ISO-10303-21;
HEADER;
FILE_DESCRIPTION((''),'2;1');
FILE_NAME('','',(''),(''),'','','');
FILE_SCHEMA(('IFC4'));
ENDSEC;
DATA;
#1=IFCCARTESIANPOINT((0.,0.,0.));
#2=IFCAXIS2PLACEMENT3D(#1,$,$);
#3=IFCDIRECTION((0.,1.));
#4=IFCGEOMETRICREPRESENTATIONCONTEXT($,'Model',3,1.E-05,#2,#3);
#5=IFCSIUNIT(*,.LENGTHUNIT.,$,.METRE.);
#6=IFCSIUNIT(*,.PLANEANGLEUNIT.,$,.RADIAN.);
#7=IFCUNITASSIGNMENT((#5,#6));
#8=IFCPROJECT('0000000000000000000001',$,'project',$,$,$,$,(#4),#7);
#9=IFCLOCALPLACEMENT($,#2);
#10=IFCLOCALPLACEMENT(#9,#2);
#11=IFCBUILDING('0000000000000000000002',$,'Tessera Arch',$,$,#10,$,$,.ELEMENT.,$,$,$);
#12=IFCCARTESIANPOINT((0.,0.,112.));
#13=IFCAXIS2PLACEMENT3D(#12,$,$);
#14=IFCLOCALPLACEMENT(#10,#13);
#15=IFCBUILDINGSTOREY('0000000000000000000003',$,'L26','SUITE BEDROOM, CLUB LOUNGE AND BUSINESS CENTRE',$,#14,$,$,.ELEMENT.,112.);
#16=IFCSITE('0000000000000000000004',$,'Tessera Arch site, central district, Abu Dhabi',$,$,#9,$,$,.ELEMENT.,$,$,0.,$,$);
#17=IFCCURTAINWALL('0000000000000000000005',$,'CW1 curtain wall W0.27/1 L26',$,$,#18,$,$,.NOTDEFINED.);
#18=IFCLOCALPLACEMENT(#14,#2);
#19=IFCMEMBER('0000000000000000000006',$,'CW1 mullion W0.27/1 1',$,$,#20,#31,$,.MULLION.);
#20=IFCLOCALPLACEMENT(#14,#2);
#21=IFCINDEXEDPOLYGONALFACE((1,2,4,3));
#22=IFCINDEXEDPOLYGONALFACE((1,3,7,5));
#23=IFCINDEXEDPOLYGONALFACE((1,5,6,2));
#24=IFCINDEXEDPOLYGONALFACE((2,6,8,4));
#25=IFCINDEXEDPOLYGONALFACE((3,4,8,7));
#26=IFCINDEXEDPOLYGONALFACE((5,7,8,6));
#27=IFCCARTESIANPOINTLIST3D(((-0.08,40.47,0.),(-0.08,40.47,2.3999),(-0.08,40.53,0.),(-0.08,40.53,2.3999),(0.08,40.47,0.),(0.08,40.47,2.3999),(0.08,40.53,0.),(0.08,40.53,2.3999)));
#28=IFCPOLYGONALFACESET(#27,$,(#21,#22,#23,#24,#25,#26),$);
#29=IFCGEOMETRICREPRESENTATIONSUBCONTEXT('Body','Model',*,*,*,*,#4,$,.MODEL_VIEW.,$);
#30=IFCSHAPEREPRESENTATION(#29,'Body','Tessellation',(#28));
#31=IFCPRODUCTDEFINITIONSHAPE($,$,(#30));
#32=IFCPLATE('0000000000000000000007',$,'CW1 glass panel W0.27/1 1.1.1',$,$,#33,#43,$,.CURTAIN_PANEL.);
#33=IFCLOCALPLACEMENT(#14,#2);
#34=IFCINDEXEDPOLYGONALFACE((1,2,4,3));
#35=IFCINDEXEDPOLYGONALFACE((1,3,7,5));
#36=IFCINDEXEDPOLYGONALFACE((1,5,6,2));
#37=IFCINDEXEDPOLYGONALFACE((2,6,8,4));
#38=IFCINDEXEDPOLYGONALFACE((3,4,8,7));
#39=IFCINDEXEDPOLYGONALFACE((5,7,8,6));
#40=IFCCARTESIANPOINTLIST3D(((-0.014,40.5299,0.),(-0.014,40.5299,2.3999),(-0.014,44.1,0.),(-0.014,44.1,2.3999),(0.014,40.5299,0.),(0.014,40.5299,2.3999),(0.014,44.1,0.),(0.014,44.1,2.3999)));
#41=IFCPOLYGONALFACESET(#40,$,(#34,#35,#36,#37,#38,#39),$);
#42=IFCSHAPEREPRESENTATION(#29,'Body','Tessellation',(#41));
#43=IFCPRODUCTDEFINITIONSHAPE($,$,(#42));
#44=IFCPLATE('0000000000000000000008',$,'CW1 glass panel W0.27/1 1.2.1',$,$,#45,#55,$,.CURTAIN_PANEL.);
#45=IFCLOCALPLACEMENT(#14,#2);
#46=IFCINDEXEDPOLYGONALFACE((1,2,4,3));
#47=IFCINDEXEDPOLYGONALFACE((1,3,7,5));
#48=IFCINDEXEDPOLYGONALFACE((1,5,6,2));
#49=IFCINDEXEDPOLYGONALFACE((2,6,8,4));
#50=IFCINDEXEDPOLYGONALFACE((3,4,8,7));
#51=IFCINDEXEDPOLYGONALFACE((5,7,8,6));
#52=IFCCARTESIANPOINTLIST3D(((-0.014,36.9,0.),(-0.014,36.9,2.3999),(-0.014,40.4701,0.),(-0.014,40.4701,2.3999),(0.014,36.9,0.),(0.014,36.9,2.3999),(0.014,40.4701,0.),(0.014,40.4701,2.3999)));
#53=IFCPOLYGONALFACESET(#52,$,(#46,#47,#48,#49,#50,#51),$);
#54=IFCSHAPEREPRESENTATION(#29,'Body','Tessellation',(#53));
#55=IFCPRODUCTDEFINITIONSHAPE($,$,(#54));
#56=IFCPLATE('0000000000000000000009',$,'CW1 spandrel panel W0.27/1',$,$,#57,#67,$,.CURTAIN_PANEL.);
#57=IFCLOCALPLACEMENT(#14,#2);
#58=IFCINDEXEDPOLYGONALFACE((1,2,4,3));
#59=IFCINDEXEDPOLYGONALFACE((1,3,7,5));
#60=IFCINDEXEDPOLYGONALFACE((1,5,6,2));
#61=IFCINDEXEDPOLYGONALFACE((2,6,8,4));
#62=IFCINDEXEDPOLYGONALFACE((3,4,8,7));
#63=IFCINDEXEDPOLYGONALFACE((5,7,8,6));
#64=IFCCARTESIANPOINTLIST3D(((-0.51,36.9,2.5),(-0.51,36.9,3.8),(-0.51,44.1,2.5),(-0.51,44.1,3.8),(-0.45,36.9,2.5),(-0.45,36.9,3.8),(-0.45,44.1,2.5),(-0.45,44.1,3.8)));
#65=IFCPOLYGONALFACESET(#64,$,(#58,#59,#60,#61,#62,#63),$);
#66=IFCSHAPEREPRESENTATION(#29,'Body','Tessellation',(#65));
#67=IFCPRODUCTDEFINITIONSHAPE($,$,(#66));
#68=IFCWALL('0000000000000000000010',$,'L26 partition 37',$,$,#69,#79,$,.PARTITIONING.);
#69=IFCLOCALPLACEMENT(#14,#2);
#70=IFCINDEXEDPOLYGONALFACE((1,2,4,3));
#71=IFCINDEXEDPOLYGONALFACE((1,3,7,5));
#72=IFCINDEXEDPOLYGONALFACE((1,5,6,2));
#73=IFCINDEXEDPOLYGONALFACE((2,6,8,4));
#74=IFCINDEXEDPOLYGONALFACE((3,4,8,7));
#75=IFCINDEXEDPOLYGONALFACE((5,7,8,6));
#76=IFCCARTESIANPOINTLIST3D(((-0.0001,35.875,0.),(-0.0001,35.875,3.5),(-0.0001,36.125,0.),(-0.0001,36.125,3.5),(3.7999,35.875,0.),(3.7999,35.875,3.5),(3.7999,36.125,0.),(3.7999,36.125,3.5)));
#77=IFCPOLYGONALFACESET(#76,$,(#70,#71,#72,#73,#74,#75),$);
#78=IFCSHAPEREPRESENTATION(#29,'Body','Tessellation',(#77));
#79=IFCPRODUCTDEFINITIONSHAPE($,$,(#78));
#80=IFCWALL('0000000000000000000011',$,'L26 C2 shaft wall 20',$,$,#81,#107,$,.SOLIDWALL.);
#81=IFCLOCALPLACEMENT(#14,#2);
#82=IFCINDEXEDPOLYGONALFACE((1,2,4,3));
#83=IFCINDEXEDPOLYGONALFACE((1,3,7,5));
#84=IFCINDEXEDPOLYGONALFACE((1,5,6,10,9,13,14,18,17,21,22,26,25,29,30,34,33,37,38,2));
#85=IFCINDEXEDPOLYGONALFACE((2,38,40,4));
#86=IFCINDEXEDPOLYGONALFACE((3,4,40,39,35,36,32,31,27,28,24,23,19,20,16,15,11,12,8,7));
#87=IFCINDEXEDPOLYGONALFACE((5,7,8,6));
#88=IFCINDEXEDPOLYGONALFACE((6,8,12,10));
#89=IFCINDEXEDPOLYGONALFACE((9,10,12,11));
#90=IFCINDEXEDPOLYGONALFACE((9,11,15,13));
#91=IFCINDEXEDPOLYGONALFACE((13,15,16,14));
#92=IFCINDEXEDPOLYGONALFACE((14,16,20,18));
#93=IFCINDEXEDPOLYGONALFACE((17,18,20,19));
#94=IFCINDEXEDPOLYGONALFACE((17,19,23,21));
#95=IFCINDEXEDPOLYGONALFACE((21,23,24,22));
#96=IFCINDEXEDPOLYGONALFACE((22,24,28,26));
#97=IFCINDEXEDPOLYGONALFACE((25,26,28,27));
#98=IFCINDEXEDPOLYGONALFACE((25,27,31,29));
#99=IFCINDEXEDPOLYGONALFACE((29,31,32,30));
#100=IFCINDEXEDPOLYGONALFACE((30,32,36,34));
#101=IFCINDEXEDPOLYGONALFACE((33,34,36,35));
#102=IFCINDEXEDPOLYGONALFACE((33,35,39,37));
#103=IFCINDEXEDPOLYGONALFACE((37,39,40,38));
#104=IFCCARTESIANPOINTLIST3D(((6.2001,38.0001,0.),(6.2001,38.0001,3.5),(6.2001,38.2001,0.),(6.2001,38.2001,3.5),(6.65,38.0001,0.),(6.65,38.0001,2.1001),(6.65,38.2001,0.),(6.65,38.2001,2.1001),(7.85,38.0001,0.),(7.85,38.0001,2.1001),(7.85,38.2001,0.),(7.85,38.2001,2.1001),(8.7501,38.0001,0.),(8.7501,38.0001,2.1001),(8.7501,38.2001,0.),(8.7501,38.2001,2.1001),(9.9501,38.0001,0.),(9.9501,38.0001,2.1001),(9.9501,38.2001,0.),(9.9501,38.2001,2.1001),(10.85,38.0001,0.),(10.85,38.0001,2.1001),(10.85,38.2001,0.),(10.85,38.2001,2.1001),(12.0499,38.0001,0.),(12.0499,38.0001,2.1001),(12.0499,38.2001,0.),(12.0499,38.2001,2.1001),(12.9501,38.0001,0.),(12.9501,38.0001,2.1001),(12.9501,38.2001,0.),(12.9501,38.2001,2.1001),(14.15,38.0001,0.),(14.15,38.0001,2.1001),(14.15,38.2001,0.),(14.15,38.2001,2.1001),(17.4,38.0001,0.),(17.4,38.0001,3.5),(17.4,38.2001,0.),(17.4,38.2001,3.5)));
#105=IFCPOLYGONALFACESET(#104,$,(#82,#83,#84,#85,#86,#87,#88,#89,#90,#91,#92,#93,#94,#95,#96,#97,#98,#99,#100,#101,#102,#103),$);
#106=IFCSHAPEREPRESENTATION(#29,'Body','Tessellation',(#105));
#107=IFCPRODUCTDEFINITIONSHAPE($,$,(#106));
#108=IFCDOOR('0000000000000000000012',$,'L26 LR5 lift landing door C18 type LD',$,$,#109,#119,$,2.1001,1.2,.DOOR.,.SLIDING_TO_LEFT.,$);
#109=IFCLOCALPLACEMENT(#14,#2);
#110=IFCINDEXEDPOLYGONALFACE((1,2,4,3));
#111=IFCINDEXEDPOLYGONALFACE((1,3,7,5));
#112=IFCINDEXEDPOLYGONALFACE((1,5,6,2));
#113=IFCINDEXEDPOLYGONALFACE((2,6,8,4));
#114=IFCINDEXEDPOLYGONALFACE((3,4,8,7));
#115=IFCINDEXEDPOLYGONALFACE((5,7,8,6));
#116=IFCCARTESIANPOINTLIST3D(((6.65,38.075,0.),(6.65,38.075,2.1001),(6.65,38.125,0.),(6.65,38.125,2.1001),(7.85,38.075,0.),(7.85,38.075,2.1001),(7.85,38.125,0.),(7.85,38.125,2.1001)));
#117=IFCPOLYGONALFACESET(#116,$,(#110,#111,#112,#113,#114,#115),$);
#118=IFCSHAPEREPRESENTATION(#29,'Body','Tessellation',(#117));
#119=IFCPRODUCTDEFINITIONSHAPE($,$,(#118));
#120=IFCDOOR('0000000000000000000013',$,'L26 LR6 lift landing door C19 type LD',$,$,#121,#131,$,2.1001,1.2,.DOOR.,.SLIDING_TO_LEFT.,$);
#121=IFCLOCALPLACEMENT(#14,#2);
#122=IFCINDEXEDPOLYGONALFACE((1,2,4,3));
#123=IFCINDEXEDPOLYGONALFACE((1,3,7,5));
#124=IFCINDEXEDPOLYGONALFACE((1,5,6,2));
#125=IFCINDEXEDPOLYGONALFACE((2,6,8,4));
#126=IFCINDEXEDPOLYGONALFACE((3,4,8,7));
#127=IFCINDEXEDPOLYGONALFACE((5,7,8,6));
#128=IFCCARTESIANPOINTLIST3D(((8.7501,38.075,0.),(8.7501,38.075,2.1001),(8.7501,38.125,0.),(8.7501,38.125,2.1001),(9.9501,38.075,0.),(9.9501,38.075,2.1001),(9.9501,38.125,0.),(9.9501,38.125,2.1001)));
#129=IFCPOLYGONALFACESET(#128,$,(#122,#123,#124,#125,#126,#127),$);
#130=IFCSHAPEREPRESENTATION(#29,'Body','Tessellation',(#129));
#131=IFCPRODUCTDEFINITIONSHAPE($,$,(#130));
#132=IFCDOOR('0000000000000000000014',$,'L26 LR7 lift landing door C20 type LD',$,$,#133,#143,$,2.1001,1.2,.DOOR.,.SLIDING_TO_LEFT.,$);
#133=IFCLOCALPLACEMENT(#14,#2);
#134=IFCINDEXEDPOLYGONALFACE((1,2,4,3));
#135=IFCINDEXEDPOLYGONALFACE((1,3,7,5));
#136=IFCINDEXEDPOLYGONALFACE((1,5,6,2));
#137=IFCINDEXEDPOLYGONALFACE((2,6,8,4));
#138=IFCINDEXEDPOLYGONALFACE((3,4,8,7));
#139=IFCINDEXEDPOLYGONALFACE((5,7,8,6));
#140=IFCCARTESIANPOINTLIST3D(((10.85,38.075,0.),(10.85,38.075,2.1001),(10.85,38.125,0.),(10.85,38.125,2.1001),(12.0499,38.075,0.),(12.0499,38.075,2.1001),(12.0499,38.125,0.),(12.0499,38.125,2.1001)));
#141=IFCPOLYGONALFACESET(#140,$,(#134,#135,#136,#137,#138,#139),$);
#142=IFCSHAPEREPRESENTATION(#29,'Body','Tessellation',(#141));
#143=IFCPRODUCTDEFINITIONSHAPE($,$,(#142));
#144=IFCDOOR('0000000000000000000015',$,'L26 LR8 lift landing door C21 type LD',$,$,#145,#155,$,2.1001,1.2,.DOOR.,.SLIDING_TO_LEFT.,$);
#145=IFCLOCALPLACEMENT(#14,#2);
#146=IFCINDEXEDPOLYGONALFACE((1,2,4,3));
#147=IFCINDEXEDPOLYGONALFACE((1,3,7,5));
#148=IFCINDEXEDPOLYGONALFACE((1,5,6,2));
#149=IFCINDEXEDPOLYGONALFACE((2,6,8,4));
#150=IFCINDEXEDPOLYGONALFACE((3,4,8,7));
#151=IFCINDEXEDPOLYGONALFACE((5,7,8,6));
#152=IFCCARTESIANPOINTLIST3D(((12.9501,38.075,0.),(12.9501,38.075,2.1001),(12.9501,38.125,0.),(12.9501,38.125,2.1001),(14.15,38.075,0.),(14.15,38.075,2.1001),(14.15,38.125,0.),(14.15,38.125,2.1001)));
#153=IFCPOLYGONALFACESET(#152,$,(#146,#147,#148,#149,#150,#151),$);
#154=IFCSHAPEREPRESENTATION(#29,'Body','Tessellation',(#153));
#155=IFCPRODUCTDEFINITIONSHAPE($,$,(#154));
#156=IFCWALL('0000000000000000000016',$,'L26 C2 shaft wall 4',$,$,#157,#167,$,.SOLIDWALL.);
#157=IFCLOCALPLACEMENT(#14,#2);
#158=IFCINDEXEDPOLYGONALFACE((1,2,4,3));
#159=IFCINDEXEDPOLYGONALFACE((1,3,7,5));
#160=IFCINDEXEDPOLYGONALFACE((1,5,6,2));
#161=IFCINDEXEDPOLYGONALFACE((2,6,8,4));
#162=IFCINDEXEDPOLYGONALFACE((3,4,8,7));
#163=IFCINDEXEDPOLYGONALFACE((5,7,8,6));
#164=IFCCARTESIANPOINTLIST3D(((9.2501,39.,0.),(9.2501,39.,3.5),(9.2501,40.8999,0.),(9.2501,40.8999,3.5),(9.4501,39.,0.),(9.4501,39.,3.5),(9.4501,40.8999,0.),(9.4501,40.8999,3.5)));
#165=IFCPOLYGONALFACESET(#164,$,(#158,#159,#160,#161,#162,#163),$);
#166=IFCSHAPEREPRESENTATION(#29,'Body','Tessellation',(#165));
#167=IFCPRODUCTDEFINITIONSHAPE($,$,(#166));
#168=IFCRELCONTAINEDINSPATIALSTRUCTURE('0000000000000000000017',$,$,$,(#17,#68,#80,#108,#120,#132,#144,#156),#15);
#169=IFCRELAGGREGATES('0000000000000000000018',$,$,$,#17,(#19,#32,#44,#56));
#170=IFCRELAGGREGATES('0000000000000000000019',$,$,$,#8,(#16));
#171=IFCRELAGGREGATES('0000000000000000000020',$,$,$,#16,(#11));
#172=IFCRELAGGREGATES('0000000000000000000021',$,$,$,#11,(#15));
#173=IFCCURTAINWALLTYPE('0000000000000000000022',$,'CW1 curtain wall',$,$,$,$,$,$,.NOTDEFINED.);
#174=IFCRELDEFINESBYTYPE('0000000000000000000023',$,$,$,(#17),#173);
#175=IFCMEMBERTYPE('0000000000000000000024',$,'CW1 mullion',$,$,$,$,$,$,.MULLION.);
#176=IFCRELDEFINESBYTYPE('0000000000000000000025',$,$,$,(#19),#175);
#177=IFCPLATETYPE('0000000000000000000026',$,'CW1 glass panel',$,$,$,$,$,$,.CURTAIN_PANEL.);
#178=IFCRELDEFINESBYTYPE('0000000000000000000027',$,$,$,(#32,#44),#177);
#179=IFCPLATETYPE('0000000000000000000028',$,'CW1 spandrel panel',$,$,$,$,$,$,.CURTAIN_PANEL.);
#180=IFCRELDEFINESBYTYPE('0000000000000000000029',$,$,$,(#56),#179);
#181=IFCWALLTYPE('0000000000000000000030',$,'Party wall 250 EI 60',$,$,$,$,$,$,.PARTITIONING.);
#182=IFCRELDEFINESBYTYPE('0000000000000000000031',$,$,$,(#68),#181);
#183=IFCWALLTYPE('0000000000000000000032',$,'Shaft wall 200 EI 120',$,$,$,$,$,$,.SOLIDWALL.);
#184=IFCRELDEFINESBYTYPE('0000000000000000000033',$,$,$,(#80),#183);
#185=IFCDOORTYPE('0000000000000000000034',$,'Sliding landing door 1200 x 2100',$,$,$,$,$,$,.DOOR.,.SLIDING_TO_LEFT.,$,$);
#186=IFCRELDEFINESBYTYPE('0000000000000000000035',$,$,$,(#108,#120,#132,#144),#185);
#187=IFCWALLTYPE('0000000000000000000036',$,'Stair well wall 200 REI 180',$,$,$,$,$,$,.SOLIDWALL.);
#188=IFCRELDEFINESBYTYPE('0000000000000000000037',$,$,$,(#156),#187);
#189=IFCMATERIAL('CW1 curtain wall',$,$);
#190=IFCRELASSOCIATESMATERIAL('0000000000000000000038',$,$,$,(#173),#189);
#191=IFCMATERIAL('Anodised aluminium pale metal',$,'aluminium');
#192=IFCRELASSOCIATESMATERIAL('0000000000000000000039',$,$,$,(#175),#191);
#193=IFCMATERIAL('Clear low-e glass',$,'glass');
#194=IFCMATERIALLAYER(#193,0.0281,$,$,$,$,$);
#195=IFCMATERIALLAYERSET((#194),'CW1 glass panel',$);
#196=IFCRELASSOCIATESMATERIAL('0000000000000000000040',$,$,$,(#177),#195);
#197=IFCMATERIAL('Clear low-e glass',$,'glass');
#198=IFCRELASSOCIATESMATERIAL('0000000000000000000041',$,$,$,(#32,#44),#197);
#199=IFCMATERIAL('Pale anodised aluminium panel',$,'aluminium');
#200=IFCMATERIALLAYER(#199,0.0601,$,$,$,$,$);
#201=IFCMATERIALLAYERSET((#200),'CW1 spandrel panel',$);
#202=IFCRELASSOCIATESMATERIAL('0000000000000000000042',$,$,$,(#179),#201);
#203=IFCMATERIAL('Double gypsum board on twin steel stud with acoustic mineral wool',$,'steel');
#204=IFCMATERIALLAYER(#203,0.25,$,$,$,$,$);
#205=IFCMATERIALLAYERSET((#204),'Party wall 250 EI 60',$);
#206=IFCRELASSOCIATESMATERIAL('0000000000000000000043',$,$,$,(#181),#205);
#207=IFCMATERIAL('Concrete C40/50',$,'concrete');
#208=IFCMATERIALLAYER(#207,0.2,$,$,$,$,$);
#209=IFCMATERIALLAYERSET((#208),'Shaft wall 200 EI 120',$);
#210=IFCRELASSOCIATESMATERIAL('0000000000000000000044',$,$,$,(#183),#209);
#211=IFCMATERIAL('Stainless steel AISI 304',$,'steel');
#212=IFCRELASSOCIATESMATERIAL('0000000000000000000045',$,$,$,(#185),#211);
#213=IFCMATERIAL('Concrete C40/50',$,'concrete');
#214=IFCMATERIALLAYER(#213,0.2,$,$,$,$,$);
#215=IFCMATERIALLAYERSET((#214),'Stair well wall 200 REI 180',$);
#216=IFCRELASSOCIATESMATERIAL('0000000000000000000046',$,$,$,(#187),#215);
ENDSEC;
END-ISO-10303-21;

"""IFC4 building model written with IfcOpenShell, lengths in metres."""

from ifc_helpers import new_model, si_unit, direction, frame, frame_2d, origin, origin_2d, place, context, subcontext, project, spatial, rectangle, extrude, material, layer, layer_set, material_profile, profile_set, type_object, element, fill, aggregate, save


model = new_model("IFC4")

# Units and contexts
model_context = context("Model", 3, precision=1e-05, world=origin(), true_north=direction((0.0, 1.0)))
body_context = subcontext(model_context, "Body", "Model", "MODEL_VIEW")
ifc_project = project(units=[si_unit("LENGTHUNIT", "METRE"), si_unit("PLANEANGLEUNIT", "RADIAN")], contexts=[model_context])

# Site, building, storey
site_placement = place(None, origin())
site = spatial("IfcSite", under=ifc_project, at=site_placement, Name="Tessera Arch site, central district, Abu Dhabi", CompositionType="ELEMENT", RefElevation=0.0)
building_placement = place(site_placement, origin())
building = spatial("IfcBuilding", under=site, at=building_placement, Name="Tessera Arch", CompositionType="ELEMENT")
storey_placement = place(building_placement, frame((0.0, 0.0, 112.0)))
storey = spatial("IfcBuildingStorey", under=building, at=storey_placement, Name="L26", Description="SUITE BEDROOM, CLUB LOUNGE AND BUSINESS CENTRE", CompositionType="ELEMENT", Elevation=112.0)

# Curtain wall, member, plates
ifc_material_1 = material(Name="CW1 curtain wall")
curtain_wall_type = type_object("IfcCurtainWallType", Name="CW1 curtain wall", PredefinedType="NOTDEFINED", material=ifc_material_1)
curtain_wall_placement = place(storey_placement, origin())
curtain_wall = element("IfcCurtainWall", 1, at=curtain_wall_placement, inside=storey, type_object=curtain_wall_type, Name="CW1 curtain wall W0.27/1 L26", PredefinedType="NOTDEFINED")
ifc_material_2 = material(Name="Anodised aluminium pale metal", Category="aluminium")
ifc_material_profile = material_profile(ifc_material_2, rectangle(XDim=0.1599, YDim=0.0601, at=origin_2d()), Name="AL 60x160")
ifc_profile_set = profile_set([ifc_material_profile], Name="Anodised aluminium pale metal")
member_type = type_object("IfcMemberType", Name="CW1 mullion", PredefinedType="MULLION", material=ifc_profile_set)
member_placement = place(storey_placement, frame((0.0, 40.5, 0.0), z_axis=(0.0, 0.0, 1.0), x_axis=(1.0, 0.0, 0.0)))
member = element("IfcMember", 2, at=member_placement, type_object=member_type, Name="CW1 mullion W0.27/1 1", PredefinedType="MULLION", context=body_context, shape_type="SweptSolid", body=[
    extrude(rectangle(XDim=0.1599, YDim=0.0601, at=origin_2d()), origin(), (0.0, 0.0, 1.0), 2.3999),
])
ifc_material_3 = material(Name="Clear low-e glass", Category="glass")
ifc_material_4 = material(Name="Clear low-e glass", Category="glass")
ifc_layer_1 = layer(ifc_material_4, 0.0281)
ifc_layer_set_1 = layer_set([ifc_layer_1], Name="CW1 glass panel")
plate_type_1 = type_object("IfcPlateType", Name="CW1 glass panel", PredefinedType="CURTAIN_PANEL", material=ifc_layer_set_1)
plate_1_placement = place(storey_placement, frame((0.0, 42.3149, 0.0), z_axis=(0.0, 0.0, 1.0), x_axis=(0.0, -1.0, 0.0)))
plate_1 = element("IfcPlate", 3, at=plate_1_placement, type_object=plate_type_1, material=ifc_material_3, Name="CW1 glass panel W0.27/1 1.1.1", PredefinedType="CURTAIN_PANEL", context=body_context, shape_type="SweptSolid", body=[
    extrude(rectangle(XDim=3.5701, YDim=0.0281, at=origin_2d()), origin(), (0.0, 0.0, 1.0), 2.3999),
])
plate_2_placement = place(storey_placement, frame((0.0, 38.6851, 0.0), z_axis=(0.0, 0.0, 1.0), x_axis=(0.0, -1.0, 0.0)))
plate_2 = element("IfcPlate", 4, at=plate_2_placement, type_object=plate_type_1, material=ifc_material_3, Name="CW1 glass panel W0.27/1 1.2.1", PredefinedType="CURTAIN_PANEL", context=body_context, shape_type="SweptSolid", body=[
    extrude(rectangle(XDim=3.5701, YDim=0.0281, at=origin_2d()), origin(), (0.0, 0.0, 1.0), 2.3999),
])
ifc_material_5 = material(Name="Pale anodised aluminium panel", Category="aluminium")
ifc_layer_2 = layer(ifc_material_5, 0.0601)
ifc_layer_set_2 = layer_set([ifc_layer_2], Name="CW1 spandrel panel")
plate_type_2 = type_object("IfcPlateType", Name="CW1 spandrel panel", PredefinedType="CURTAIN_PANEL", material=ifc_layer_set_2)
plate_3_placement = place(storey_placement, frame((-0.48, 40.5, 2.5), z_axis=(0.0, 0.0, 1.0), x_axis=(0.0, -1.0, 0.0)))
plate_3 = element("IfcPlate", 5, at=plate_3_placement, type_object=plate_type_2, Name="CW1 spandrel panel W0.27/1", PredefinedType="CURTAIN_PANEL", context=body_context, shape_type="SweptSolid", body=[
    extrude(rectangle(XDim=7.2, YDim=0.0601, at=origin_2d()), origin(), (0.0, 0.0, 1.0), 1.3),
])
aggregate(curtain_wall, [member, plate_1, plate_2, plate_3])

# Wall
ifc_material_6 = material(Name="Double gypsum board on twin steel stud with acoustic mineral wool", Category="steel")
ifc_layer_3 = layer(ifc_material_6, 0.25)
ifc_layer_set_3 = layer_set([ifc_layer_3], Name="Party wall 250 EI 60")
wall_type_1 = type_object("IfcWallType", Name="Party wall 250 EI 60", PredefinedType="PARTITIONING", material=ifc_layer_set_3)
wall_1_placement = place(storey_placement, frame((0.0, 36.0, 0.0), z_axis=(0.0, 0.0, 1.0), x_axis=(1.0, 0.0, 0.0)))
element("IfcWall", 6, at=wall_1_placement, inside=storey, type_object=wall_type_1, Name="L26 partition 37", PredefinedType="PARTITIONING", context=body_context, shape_type="SweptSolid", body=[
    extrude(rectangle(XDim=3.8, YDim=0.25, at=frame_2d((1.8999, 0.0))), origin(), (0.0, 0.0, 1.0), 3.5),
])

# Wall, openings, doors
ifc_material_7 = material(Name="Concrete C40/50", Category="concrete")
ifc_layer_4 = layer(ifc_material_7, 0.2)
ifc_layer_set_4 = layer_set([ifc_layer_4], Name="Shaft wall 200 EI 120")
wall_type_2 = type_object("IfcWallType", Name="Shaft wall 200 EI 120", PredefinedType="SOLIDWALL", material=ifc_layer_set_4)
wall_2_placement = place(storey_placement, frame((6.2, 38.1001, 0.0), z_axis=(0.0, 0.0, 1.0), x_axis=(1.0, 0.0, 0.0)))
wall_2 = element("IfcWall", 7, at=wall_2_placement, inside=storey, type_object=wall_type_2, Name="L26 C2 shaft wall 20", PredefinedType="SOLIDWALL", context=body_context, shape_type="SweptSolid", body=[
    extrude(rectangle(XDim=11.2, YDim=0.2, at=frame_2d((5.6001, 0.0))), origin(), (0.0, 0.0, 1.0), 3.5),
])
opening_1_placement = place(wall_2_placement, frame((0.45, 0.0, 0.0)))
opening_1 = element("IfcOpeningElement", 8, at=opening_1_placement, cuts=wall_2, PredefinedType="OPENING", context=body_context, shape_type="SweptSolid", body=[
    extrude(rectangle(XDim=1.2, YDim=2.1001, at=frame_2d((0.6001, 1.05))), frame((0.0, 0.1099, 0.0), z_axis=(0.0, -1.0, 0.0), x_axis=(1.0, 0.0, 0.0)), (0.0, 0.0, 1.0), 0.22),
])
opening_2_placement = place(wall_2_placement, frame((2.55, 0.0, 0.0)))
opening_2 = element("IfcOpeningElement", 9, at=opening_2_placement, cuts=wall_2, PredefinedType="OPENING", context=body_context, shape_type="SweptSolid", body=[
    extrude(rectangle(XDim=1.2, YDim=2.1001, at=frame_2d((0.6001, 1.05))), frame((0.0, 0.1099, 0.0), z_axis=(0.0, -1.0, 0.0), x_axis=(1.0, 0.0, 0.0)), (0.0, 0.0, 1.0), 0.22),
])
opening_3_placement = place(wall_2_placement, frame((4.6499, 0.0, 0.0)))
opening_3 = element("IfcOpeningElement", 10, at=opening_3_placement, cuts=wall_2, PredefinedType="OPENING", context=body_context, shape_type="SweptSolid", body=[
    extrude(rectangle(XDim=1.2, YDim=2.1001, at=frame_2d((0.6001, 1.05))), frame((0.0, 0.1099, 0.0), z_axis=(0.0, -1.0, 0.0), x_axis=(1.0, 0.0, 0.0)), (0.0, 0.0, 1.0), 0.22),
])
opening_4_placement = place(wall_2_placement, frame((6.75, 0.0, 0.0)))
opening_4 = element("IfcOpeningElement", 11, at=opening_4_placement, cuts=wall_2, PredefinedType="OPENING", context=body_context, shape_type="SweptSolid", body=[
    extrude(rectangle(XDim=1.2, YDim=2.1001, at=frame_2d((0.6001, 1.05))), frame((0.0, 0.1099, 0.0), z_axis=(0.0, -1.0, 0.0), x_axis=(1.0, 0.0, 0.0)), (0.0, 0.0, 1.0), 0.22),
])
ifc_material_8 = material(Name="Stainless steel AISI 304", Category="steel")
door_type = type_object("IfcDoorType", Name="Sliding landing door 1200 x 2100", OperationType="SLIDING_TO_LEFT", PredefinedType="DOOR", material=ifc_material_8)
door_1_placement = place(opening_1_placement, origin())
door_1 = element("IfcDoor", 12, at=door_1_placement, inside=storey, type_object=door_type, Name="L26 LR5 lift landing door C18 type LD", OperationType="SLIDING_TO_LEFT", OverallHeight=2.1001, OverallWidth=1.2, PredefinedType="DOOR", context=body_context, shape_type="SweptSolid", body=[
    extrude(rectangle(XDim=1.2, YDim=2.1001, at=frame_2d((0.6001, 1.05))), frame((0.0, 0.0249, 0.0), z_axis=(0.0, -1.0, 0.0), x_axis=(1.0, 0.0, 0.0)), (0.0, 0.0, 1.0), 0.05),
])
fill(opening_1, door_1)
door_2_placement = place(opening_2_placement, origin())
door_2 = element("IfcDoor", 13, at=door_2_placement, inside=storey, type_object=door_type, Name="L26 LR6 lift landing door C19 type LD", OperationType="SLIDING_TO_LEFT", OverallHeight=2.1001, OverallWidth=1.2, PredefinedType="DOOR", context=body_context, shape_type="SweptSolid", body=[
    extrude(rectangle(XDim=1.2, YDim=2.1001, at=frame_2d((0.6001, 1.05))), frame((0.0, 0.0249, 0.0), z_axis=(0.0, -1.0, 0.0), x_axis=(1.0, 0.0, 0.0)), (0.0, 0.0, 1.0), 0.05),
])
fill(opening_2, door_2)
door_3_placement = place(opening_3_placement, origin())
door_3 = element("IfcDoor", 14, at=door_3_placement, inside=storey, type_object=door_type, Name="L26 LR7 lift landing door C20 type LD", OperationType="SLIDING_TO_LEFT", OverallHeight=2.1001, OverallWidth=1.2, PredefinedType="DOOR", context=body_context, shape_type="SweptSolid", body=[
    extrude(rectangle(XDim=1.2, YDim=2.1001, at=frame_2d((0.6001, 1.05))), frame((0.0, 0.0249, 0.0), z_axis=(0.0, -1.0, 0.0), x_axis=(1.0, 0.0, 0.0)), (0.0, 0.0, 1.0), 0.05),
])
fill(opening_3, door_3)
door_4_placement = place(opening_4_placement, origin())
door_4 = element("IfcDoor", 15, at=door_4_placement, inside=storey, type_object=door_type, Name="L26 LR8 lift landing door C21 type LD", OperationType="SLIDING_TO_LEFT", OverallHeight=2.1001, OverallWidth=1.2, PredefinedType="DOOR", context=body_context, shape_type="SweptSolid", body=[
    extrude(rectangle(XDim=1.2, YDim=2.1001, at=frame_2d((0.6001, 1.05))), frame((0.0, 0.0249, 0.0), z_axis=(0.0, -1.0, 0.0), x_axis=(1.0, 0.0, 0.0)), (0.0, 0.0, 1.0), 0.05),
])
fill(opening_4, door_4)

# Wall
ifc_material_9 = material(Name="Concrete C40/50", Category="concrete")
ifc_layer_5 = layer(ifc_material_9, 0.2)
ifc_layer_set_5 = layer_set([ifc_layer_5], Name="Stair well wall 200 REI 180")
wall_type_3 = type_object("IfcWallType", Name="Stair well wall 200 REI 180", PredefinedType="SOLIDWALL", material=ifc_layer_set_5)
wall_3_placement = place(storey_placement, frame((9.3501, 39.0, 0.0), z_axis=(0.0, 0.0, 1.0), x_axis=(0.0, 1.0, 0.0)))
element("IfcWall", 16, at=wall_3_placement, inside=storey, type_object=wall_type_3, Name="L26 C2 shaft wall 4", PredefinedType="SOLIDWALL", context=body_context, shape_type="SweptSolid", body=[
    extrude(rectangle(XDim=1.8999, YDim=0.2, at=frame_2d((0.95, 0.0))), origin(), (0.0, 0.0, 1.0), 3.5),
])

save(model, "model.ifc")
